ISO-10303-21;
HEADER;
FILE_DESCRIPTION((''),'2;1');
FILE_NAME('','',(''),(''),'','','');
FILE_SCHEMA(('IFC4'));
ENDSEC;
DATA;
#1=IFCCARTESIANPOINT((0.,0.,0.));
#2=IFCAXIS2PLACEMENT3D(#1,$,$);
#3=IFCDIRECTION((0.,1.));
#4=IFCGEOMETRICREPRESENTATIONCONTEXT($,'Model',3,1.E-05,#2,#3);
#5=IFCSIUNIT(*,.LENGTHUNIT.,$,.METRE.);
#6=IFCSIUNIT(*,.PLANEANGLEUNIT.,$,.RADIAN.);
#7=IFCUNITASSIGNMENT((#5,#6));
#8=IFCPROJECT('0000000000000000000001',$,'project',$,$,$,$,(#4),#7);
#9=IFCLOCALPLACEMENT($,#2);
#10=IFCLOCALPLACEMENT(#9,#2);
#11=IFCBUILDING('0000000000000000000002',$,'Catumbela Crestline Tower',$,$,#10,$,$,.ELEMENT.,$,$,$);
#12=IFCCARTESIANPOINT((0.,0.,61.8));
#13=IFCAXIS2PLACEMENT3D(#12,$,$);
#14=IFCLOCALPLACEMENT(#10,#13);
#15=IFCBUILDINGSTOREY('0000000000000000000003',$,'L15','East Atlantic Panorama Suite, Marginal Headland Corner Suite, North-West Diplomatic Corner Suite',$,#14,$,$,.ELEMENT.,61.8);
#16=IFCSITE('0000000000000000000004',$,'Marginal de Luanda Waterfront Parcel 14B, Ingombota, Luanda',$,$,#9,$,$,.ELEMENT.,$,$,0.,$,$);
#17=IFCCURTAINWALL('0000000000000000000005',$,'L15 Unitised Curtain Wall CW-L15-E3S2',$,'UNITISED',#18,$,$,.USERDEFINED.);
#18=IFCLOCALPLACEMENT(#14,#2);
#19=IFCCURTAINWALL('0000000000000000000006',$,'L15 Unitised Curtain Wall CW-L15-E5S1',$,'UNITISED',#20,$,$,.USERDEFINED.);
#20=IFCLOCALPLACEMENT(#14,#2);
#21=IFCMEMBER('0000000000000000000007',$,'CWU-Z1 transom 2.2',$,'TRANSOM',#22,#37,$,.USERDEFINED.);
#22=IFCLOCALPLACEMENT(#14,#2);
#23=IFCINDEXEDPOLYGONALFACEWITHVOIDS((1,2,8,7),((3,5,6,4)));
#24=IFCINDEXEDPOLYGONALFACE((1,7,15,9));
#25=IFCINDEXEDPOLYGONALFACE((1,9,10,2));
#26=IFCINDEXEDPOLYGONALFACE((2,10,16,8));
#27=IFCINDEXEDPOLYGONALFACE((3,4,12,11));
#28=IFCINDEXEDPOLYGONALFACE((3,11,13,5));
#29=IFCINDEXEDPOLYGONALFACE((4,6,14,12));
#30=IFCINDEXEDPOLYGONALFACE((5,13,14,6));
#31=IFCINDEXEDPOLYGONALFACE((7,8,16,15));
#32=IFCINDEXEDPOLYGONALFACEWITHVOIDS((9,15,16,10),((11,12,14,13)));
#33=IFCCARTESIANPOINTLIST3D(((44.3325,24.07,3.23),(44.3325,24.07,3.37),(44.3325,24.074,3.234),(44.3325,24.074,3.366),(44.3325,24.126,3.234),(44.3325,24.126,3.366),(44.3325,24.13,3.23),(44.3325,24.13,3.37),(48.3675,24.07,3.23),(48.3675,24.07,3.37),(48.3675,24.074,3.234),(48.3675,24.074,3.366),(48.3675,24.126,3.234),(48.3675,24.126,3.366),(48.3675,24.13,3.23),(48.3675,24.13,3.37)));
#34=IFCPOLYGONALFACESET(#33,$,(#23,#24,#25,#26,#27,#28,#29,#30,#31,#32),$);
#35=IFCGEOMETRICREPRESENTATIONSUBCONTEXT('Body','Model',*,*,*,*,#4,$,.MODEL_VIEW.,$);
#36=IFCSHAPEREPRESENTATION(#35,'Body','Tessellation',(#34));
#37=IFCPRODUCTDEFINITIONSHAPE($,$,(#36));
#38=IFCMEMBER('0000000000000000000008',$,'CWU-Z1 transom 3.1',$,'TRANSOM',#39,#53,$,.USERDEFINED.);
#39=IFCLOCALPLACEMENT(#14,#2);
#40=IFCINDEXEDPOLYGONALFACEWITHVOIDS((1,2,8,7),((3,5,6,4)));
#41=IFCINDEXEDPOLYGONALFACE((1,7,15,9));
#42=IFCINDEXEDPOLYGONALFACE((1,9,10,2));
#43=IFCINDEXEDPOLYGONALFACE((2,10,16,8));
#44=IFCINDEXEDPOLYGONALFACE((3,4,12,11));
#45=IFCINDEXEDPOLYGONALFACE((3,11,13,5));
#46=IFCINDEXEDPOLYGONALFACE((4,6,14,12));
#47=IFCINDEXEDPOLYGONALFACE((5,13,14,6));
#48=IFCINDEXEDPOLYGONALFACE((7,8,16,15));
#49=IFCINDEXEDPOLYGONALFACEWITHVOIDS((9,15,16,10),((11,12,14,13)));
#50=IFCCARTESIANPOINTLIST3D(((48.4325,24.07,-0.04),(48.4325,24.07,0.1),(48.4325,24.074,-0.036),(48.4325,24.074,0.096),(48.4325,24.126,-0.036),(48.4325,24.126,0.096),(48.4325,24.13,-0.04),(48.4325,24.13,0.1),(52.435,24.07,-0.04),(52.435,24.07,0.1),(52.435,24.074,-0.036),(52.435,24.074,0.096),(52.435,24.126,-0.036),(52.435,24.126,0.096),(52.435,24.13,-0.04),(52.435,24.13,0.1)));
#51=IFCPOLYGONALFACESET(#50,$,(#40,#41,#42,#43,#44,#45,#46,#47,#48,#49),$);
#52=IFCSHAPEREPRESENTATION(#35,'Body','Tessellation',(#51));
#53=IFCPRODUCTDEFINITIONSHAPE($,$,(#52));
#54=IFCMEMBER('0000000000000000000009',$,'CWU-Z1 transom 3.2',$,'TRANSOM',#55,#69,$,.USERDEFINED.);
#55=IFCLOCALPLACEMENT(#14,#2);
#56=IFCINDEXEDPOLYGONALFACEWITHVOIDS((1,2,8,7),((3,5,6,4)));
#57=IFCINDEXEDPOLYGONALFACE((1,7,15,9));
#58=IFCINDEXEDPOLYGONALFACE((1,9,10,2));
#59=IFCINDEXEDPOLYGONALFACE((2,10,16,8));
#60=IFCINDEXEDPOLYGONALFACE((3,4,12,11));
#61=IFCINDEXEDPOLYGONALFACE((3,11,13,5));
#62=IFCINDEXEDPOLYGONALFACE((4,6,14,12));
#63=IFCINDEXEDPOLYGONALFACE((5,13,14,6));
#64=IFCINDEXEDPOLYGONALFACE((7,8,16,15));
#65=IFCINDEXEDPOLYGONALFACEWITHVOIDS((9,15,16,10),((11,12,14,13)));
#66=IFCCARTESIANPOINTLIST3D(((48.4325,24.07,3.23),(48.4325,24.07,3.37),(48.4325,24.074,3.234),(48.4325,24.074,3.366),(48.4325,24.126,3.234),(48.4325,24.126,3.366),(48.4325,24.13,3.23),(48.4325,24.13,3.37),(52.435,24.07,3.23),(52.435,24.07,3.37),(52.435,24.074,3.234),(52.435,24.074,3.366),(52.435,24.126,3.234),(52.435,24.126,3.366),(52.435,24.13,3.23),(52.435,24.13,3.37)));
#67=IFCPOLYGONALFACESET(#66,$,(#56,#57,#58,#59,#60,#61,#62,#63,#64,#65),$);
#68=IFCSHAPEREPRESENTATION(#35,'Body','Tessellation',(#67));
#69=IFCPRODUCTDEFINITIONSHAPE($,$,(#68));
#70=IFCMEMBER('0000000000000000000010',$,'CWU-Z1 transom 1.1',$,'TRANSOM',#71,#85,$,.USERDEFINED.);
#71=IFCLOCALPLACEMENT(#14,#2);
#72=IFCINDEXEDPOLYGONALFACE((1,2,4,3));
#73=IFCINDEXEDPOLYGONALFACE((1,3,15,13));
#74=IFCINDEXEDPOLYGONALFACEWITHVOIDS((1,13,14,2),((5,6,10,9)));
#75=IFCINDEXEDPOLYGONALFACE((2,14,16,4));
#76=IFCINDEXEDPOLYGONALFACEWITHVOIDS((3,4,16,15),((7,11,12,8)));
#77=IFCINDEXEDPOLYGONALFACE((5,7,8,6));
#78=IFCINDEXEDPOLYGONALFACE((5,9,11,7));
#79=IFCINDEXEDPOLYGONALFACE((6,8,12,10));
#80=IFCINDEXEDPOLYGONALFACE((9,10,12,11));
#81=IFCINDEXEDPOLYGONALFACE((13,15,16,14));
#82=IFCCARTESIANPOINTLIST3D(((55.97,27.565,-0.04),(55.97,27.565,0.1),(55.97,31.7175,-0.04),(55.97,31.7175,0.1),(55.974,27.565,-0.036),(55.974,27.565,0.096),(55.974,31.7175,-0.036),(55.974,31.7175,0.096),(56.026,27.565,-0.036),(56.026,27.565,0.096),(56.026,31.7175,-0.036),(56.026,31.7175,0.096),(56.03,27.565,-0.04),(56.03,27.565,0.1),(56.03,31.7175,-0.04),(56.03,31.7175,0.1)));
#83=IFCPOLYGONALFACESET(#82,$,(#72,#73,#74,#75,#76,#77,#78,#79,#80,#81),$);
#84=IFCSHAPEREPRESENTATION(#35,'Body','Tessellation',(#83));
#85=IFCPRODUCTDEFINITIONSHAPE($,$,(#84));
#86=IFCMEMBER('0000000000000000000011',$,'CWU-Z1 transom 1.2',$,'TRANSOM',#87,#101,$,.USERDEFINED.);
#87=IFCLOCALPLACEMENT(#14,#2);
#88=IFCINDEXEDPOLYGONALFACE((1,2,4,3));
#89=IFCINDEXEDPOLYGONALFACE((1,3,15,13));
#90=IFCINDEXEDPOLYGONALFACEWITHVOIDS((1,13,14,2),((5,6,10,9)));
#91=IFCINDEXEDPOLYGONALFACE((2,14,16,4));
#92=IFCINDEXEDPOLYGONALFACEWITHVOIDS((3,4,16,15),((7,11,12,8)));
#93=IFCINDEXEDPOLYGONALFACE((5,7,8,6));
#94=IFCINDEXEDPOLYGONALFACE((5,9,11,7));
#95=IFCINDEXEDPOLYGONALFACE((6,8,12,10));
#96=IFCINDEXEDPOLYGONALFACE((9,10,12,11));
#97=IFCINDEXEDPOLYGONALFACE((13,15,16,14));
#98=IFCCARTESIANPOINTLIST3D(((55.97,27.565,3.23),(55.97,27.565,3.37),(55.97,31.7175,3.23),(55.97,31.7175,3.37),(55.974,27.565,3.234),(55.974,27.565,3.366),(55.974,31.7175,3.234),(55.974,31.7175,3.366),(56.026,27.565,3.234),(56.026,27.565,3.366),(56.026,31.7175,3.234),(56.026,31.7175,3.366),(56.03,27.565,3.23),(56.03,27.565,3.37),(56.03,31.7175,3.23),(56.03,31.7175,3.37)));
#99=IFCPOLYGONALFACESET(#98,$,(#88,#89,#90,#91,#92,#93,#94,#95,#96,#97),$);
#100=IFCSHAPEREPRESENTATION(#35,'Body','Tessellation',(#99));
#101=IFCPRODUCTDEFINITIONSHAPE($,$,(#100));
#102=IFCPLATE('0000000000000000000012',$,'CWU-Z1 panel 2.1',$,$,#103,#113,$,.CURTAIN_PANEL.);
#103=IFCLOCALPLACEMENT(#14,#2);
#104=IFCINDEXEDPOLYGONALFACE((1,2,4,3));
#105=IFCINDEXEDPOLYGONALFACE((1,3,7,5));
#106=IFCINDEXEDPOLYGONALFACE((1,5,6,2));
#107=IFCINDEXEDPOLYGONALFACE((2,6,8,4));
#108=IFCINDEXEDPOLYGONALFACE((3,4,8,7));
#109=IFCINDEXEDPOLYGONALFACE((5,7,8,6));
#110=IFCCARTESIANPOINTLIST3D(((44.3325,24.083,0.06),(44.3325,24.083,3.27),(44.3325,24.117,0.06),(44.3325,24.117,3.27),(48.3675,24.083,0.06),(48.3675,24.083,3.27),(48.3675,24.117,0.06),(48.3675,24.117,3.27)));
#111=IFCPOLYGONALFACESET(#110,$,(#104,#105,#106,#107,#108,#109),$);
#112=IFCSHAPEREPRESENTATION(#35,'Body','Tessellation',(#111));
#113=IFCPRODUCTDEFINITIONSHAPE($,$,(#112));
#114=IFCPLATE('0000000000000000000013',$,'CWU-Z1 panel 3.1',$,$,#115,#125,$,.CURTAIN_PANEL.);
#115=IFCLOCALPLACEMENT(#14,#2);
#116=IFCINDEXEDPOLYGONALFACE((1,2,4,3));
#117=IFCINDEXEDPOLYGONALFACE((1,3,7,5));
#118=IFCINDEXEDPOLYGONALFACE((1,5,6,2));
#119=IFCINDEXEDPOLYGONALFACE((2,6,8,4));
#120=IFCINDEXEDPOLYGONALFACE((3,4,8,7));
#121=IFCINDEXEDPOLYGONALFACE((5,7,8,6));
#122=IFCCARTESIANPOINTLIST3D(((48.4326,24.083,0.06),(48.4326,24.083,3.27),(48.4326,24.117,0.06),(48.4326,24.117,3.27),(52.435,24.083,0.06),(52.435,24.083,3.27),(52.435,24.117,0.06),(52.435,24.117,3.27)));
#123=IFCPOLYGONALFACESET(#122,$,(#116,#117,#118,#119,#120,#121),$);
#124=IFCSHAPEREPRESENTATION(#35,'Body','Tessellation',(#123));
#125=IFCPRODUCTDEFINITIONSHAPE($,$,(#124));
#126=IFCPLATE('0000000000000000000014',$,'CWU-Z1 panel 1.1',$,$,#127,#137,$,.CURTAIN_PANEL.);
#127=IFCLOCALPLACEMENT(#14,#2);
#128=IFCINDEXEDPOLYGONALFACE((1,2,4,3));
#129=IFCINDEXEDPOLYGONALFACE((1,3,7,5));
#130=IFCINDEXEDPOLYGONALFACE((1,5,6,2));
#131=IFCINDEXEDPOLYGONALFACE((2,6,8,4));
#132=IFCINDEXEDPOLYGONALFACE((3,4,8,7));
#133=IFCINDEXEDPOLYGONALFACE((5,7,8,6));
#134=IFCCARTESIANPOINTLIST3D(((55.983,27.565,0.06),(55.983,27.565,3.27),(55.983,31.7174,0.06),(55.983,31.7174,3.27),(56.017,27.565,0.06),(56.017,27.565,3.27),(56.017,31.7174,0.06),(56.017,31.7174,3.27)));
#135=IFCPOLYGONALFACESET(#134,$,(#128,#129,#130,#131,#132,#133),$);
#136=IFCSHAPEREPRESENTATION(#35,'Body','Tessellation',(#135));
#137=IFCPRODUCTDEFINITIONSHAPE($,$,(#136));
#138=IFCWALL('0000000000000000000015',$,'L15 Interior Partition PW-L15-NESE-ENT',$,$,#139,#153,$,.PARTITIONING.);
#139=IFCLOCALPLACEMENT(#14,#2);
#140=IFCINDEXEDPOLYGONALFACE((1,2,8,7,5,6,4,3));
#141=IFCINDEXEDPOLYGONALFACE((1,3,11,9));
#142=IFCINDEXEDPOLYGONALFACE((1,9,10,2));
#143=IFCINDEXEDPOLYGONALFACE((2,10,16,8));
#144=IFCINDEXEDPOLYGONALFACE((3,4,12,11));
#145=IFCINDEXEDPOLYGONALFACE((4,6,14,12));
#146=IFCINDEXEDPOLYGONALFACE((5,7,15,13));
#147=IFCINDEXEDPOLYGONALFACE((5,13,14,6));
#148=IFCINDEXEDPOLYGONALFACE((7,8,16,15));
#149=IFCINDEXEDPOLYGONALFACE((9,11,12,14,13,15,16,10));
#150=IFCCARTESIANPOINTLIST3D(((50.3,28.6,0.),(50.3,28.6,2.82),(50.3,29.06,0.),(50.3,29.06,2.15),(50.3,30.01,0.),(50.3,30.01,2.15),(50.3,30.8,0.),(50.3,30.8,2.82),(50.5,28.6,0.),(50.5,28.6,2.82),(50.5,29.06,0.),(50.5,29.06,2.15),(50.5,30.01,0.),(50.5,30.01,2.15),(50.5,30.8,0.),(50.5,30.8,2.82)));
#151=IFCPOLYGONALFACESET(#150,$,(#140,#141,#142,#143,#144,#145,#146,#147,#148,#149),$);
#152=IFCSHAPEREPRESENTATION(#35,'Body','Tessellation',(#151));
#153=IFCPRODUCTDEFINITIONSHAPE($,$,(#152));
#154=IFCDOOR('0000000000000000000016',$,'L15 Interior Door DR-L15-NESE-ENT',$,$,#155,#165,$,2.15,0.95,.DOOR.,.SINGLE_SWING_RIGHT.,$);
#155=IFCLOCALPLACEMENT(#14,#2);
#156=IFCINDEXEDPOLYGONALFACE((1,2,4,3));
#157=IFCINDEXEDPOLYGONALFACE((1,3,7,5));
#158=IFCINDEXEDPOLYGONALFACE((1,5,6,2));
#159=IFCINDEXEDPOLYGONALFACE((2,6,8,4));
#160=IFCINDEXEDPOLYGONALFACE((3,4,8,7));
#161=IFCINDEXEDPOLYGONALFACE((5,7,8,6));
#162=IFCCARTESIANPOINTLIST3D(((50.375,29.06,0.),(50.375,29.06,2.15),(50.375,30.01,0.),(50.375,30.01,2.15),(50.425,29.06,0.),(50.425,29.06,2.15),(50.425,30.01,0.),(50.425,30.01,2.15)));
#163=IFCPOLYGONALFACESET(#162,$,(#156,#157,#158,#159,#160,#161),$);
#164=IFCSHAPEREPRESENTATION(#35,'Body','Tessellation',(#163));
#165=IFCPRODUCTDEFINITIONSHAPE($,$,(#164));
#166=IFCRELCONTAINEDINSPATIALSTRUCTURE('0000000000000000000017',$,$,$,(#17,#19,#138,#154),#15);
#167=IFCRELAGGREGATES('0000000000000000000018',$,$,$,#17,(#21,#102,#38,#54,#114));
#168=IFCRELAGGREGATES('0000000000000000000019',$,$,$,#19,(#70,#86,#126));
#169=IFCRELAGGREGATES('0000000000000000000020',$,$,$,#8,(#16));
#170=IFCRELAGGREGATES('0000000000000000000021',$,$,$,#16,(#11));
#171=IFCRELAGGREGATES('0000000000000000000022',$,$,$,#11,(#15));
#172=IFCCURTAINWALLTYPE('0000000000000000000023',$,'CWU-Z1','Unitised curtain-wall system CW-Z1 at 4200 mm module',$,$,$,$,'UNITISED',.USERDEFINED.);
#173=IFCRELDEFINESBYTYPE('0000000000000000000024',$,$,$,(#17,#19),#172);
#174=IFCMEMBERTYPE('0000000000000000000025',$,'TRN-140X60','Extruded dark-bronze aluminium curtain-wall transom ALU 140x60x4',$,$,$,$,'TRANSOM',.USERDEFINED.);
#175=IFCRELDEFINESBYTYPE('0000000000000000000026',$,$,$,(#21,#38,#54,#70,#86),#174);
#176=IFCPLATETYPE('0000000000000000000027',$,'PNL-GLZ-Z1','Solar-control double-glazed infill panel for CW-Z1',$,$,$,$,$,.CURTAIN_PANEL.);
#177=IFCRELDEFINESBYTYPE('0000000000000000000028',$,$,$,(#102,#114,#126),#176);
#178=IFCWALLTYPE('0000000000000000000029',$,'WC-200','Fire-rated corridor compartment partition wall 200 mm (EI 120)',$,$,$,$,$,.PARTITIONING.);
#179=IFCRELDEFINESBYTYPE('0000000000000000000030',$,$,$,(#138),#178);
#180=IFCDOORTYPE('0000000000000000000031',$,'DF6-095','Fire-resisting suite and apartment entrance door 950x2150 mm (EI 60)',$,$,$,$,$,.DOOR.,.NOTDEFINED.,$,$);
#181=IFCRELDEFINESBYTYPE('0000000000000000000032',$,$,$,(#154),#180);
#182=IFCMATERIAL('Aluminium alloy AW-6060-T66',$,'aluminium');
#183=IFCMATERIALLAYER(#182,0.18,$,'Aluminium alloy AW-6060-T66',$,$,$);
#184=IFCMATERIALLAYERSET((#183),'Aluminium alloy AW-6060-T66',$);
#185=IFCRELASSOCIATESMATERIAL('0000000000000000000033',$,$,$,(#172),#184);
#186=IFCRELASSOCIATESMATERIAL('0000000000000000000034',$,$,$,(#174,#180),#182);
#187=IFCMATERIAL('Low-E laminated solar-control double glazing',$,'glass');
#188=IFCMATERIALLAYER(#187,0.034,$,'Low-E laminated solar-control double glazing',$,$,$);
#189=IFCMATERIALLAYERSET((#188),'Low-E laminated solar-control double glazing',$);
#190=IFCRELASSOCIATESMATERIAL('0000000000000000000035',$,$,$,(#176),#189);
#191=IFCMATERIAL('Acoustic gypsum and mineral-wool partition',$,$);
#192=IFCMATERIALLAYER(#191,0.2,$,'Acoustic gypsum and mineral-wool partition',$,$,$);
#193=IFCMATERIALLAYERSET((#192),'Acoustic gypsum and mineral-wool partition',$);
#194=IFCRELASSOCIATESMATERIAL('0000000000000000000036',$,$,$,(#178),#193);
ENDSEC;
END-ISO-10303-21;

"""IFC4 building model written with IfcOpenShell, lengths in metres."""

from ifc_helpers import new_model, si_unit, direction, frame, frame_2d, origin, origin_2d, place, context, subcontext, project, spatial, rectangle, hollow_rectangle, extrude, material, layer, layer_set, material_profile, profile_set, type_object, element, fill, aggregate, save


model = new_model("IFC4")

# Units and contexts
model_context = context("Model", 3, precision=1e-05, world=origin(), true_north=direction((0.0, 1.0)))
body_context = subcontext(model_context, "Body", "Model", "MODEL_VIEW")
ifc_project = project(units=[si_unit("LENGTHUNIT", "METRE"), si_unit("PLANEANGLEUNIT", "RADIAN")], contexts=[model_context])

# Site, building, storey
site_placement = place(None, origin())
site = spatial("IfcSite", under=ifc_project, at=site_placement, Name="Marginal de Luanda Waterfront Parcel 14B, Ingombota, Luanda", CompositionType="ELEMENT", RefElevation=0.0)
building_placement = place(site_placement, origin())
building = spatial("IfcBuilding", under=site, at=building_placement, Name="Catumbela Crestline Tower", CompositionType="ELEMENT")
storey_placement = place(building_placement, frame((0.0, 0.0, 61.8)))
storey = spatial("IfcBuildingStorey", under=building, at=storey_placement, Name="L15", Description="East Atlantic Panorama Suite, Marginal Headland Corner Suite, North-West Diplomatic Corner Suite", CompositionType="ELEMENT", Elevation=61.8)

# Curtain wall
ifc_material_1 = material(Name="Aluminium alloy AW-6060-T66", Category="aluminium")
ifc_layer_1 = layer(ifc_material_1, 0.18, Name="Aluminium alloy AW-6060-T66")
ifc_layer_set_1 = layer_set([ifc_layer_1], Name="Aluminium alloy AW-6060-T66")
curtain_wall_type = type_object("IfcCurtainWallType", Name="CWU-Z1", Description="Unitised curtain-wall system CW-Z1 at 4200 mm module", ElementType="UNITISED", PredefinedType="USERDEFINED", material=ifc_layer_set_1)
curtain_wall_1_placement = place(storey_placement, origin())
curtain_wall_1 = element("IfcCurtainWall", 1, at=curtain_wall_1_placement, inside=storey, type_object=curtain_wall_type, Name="L15 Unitised Curtain Wall CW-L15-E3S2", ObjectType="UNITISED", PredefinedType="USERDEFINED")

# Curtain wall
curtain_wall_2_placement = place(storey_placement, origin())
curtain_wall_2 = element("IfcCurtainWall", 2, at=curtain_wall_2_placement, inside=storey, type_object=curtain_wall_type, Name="L15 Unitised Curtain Wall CW-L15-E5S1", ObjectType="UNITISED", PredefinedType="USERDEFINED")

# Members
ifc_material_profile_1 = material_profile(ifc_material_1, hollow_rectangle(XDim=0.06, YDim=0.14, WallThickness=0.004, at=origin_2d()), Name="ALU 140x60x4")
ifc_profile_set_1 = profile_set([ifc_material_profile_1], Name="Aluminium alloy AW-6060-T66")
member_type_1 = type_object("IfcMemberType", Name="TRN-140X60", Description="Extruded dark-bronze aluminium curtain-wall transom ALU 140x60x4", ElementType="TRANSOM", PredefinedType="USERDEFINED", material=ifc_profile_set_1)
member_1_placement = place(storey_placement, frame((44.3325, 24.1, 3.3), z_axis=(1.0, 0.0, 0.0), x_axis=(0.0, 1.0, 0.0)))
member_1 = element("IfcMember", 3, at=member_1_placement, type_object=member_type_1, Name="CWU-Z1 transom 2.2", ObjectType="TRANSOM", PredefinedType="USERDEFINED", context=body_context, shape_type="SweptSolid", body=[
    extrude(hollow_rectangle(XDim=0.06, YDim=0.14, WallThickness=0.004, at=origin_2d()), origin(), (0.0, 0.0, 1.0), 4.035),
])
member_2_placement = place(storey_placement, frame((48.4325, 24.1, 0.03), z_axis=(1.0, 0.0, 0.0), x_axis=(0.0, 1.0, 0.0)))
member_2 = element("IfcMember", 4, at=member_2_placement, type_object=member_type_1, Name="CWU-Z1 transom 3.1", ObjectType="TRANSOM", PredefinedType="USERDEFINED", context=body_context, shape_type="SweptSolid", body=[
    extrude(hollow_rectangle(XDim=0.06, YDim=0.14, WallThickness=0.004, at=origin_2d()), origin(), (0.0, 0.0, 1.0), 4.0025),
])
member_3_placement = place(storey_placement, frame((48.4325, 24.1, 3.3), z_axis=(1.0, 0.0, 0.0), x_axis=(0.0, 1.0, 0.0)))
member_3 = element("IfcMember", 5, at=member_3_placement, type_object=member_type_1, Name="CWU-Z1 transom 3.2", ObjectType="TRANSOM", PredefinedType="USERDEFINED", context=body_context, shape_type="SweptSolid", body=[
    extrude(hollow_rectangle(XDim=0.06, YDim=0.14, WallThickness=0.004, at=origin_2d()), origin(), (0.0, 0.0, 1.0), 4.0025),
])
member_4_placement = place(storey_placement, frame((56.0, 27.565, 0.03), z_axis=(0.0, 1.0, 0.0), x_axis=(-1.0, 0.0, 0.0)))
member_4 = element("IfcMember", 6, at=member_4_placement, type_object=member_type_1, Name="CWU-Z1 transom 1.1", ObjectType="TRANSOM", PredefinedType="USERDEFINED", context=body_context, shape_type="SweptSolid", body=[
    extrude(hollow_rectangle(XDim=0.06, YDim=0.14, WallThickness=0.004, at=origin_2d()), origin(), (0.0, 0.0, 1.0), 4.1525),
])
member_5_placement = place(storey_placement, frame((56.0, 27.565, 3.3), z_axis=(0.0, 1.0, 0.0), x_axis=(-1.0, 0.0, 0.0)))
member_5 = element("IfcMember", 7, at=member_5_placement, type_object=member_type_1, Name="CWU-Z1 transom 1.2", ObjectType="TRANSOM", PredefinedType="USERDEFINED", context=body_context, shape_type="SweptSolid", body=[
    extrude(hollow_rectangle(XDim=0.06, YDim=0.14, WallThickness=0.004, at=origin_2d()), origin(), (0.0, 0.0, 1.0), 4.1525),
])

# Plates
ifc_material_2 = material(Name="Low-E laminated solar-control double glazing", Category="glass")
ifc_layer_2 = layer(ifc_material_2, 0.034, Name="Low-E laminated solar-control double glazing")
ifc_layer_set_2 = layer_set([ifc_layer_2], Name="Low-E laminated solar-control double glazing")
plate_type = type_object("IfcPlateType", Name="PNL-GLZ-Z1", Description="Solar-control double-glazed infill panel for CW-Z1", PredefinedType="CURTAIN_PANEL", material=ifc_layer_set_2)
plate_1_placement = place(storey_placement, frame((46.35, 24.1, 0.06), z_axis=(0.0, 0.0, 1.0), x_axis=(1.0, 0.0, 0.0)))
plate_1 = element("IfcPlate", 8, at=plate_1_placement, type_object=plate_type, Name="CWU-Z1 panel 2.1", PredefinedType="CURTAIN_PANEL", context=body_context, shape_type="SweptSolid", body=[
    extrude(rectangle(XDim=4.035, YDim=0.034, at=origin_2d()), origin(), (0.0, 0.0, 1.0), 3.21),
])
plate_2_placement = place(storey_placement, frame((50.4338, 24.1, 0.06), z_axis=(0.0, 0.0, 1.0), x_axis=(1.0, 0.0, 0.0)))
plate_2 = element("IfcPlate", 9, at=plate_2_placement, type_object=plate_type, Name="CWU-Z1 panel 3.1", PredefinedType="CURTAIN_PANEL", context=body_context, shape_type="SweptSolid", body=[
    extrude(rectangle(XDim=4.0025, YDim=0.034, at=origin_2d()), origin(), (0.0, 0.0, 1.0), 3.21),
])
aggregate(curtain_wall_1, [member_1, plate_1, member_2, member_3, plate_2])
plate_3_placement = place(storey_placement, frame((56.0, 29.6412, 0.06), z_axis=(0.0, 0.0, 1.0), x_axis=(0.0, 1.0, 0.0)))
plate_3 = element("IfcPlate", 10, at=plate_3_placement, type_object=plate_type, Name="CWU-Z1 panel 1.1", PredefinedType="CURTAIN_PANEL", context=body_context, shape_type="SweptSolid", body=[
    extrude(rectangle(XDim=4.1525, YDim=0.034, at=origin_2d()), origin(), (0.0, 0.0, 1.0), 3.21),
])
aggregate(curtain_wall_2, [member_4, member_5, plate_3])

# Wall, opening, door
ifc_material_3 = material(Name="Acoustic gypsum and mineral-wool partition")
ifc_layer_3 = layer(ifc_material_3, 0.2, Name="Acoustic gypsum and mineral-wool partition")
ifc_layer_set_3 = layer_set([ifc_layer_3], Name="Acoustic gypsum and mineral-wool partition")
wall_type_1 = type_object("IfcWallType", Name="WC-200", Description="Fire-rated corridor compartment partition wall 200 mm (EI 120)", PredefinedType="PARTITIONING", material=ifc_layer_set_3)
wall_1_placement = place(storey_placement, frame((50.4, 28.6, 0.0), z_axis=(0.0, 0.0, 1.0), x_axis=(0.0, 1.0, 0.0)))
wall_1 = element("IfcWall", 11, at=wall_1_placement, inside=storey, type_object=wall_type_1, Name="L15 Interior Partition PW-L15-NESE-ENT", PredefinedType="PARTITIONING", context=body_context, shape_type="SweptSolid", body=[
    extrude(rectangle(XDim=2.2, YDim=0.2, at=frame_2d((1.1, 0.0))), origin(), (0.0, 0.0, 1.0), 2.82),
])
opening_1_placement = place(wall_1_placement, frame((0.46, 0.0, 0.0)))
opening_1 = element("IfcOpeningElement", 12, at=opening_1_placement, cuts=wall_1, PredefinedType="OPENING", context=body_context, shape_type="SweptSolid", body=[
    extrude(rectangle(XDim=0.95, YDim=2.15, at=frame_2d((0.475, 1.075))), frame((0.0, 0.11, 0.0), z_axis=(0.0, -1.0, 0.0), x_axis=(1.0, 0.0, 0.0)), (0.0, 0.0, 1.0), 0.22),
])
door_type_1 = type_object("IfcDoorType", Name="DF6-095", Description="Fire-resisting suite and apartment entrance door 950x2150 mm (EI 60)", OperationType="NOTDEFINED", PredefinedType="DOOR", material=ifc_material_1)
door_1_placement = place(opening_1_placement, origin())
door_1 = element("IfcDoor", 13, at=door_1_placement, inside=storey, type_object=door_type_1, Name="L15 Interior Door DR-L15-NESE-ENT", OperationType="SINGLE_SWING_RIGHT", OverallHeight=2.15, OverallWidth=0.95, PredefinedType="DOOR", context=body_context, shape_type="SweptSolid", body=[
    extrude(rectangle(XDim=0.95, YDim=2.15, at=frame_2d((0.475, 1.075))), frame((0.0, 0.025, 0.0), z_axis=(0.0, -1.0, 0.0), x_axis=(1.0, 0.0, 0.0)), (0.0, 0.0, 1.0), 0.05),
])
fill(opening_1, door_1)

save(model, "model.ifc")
